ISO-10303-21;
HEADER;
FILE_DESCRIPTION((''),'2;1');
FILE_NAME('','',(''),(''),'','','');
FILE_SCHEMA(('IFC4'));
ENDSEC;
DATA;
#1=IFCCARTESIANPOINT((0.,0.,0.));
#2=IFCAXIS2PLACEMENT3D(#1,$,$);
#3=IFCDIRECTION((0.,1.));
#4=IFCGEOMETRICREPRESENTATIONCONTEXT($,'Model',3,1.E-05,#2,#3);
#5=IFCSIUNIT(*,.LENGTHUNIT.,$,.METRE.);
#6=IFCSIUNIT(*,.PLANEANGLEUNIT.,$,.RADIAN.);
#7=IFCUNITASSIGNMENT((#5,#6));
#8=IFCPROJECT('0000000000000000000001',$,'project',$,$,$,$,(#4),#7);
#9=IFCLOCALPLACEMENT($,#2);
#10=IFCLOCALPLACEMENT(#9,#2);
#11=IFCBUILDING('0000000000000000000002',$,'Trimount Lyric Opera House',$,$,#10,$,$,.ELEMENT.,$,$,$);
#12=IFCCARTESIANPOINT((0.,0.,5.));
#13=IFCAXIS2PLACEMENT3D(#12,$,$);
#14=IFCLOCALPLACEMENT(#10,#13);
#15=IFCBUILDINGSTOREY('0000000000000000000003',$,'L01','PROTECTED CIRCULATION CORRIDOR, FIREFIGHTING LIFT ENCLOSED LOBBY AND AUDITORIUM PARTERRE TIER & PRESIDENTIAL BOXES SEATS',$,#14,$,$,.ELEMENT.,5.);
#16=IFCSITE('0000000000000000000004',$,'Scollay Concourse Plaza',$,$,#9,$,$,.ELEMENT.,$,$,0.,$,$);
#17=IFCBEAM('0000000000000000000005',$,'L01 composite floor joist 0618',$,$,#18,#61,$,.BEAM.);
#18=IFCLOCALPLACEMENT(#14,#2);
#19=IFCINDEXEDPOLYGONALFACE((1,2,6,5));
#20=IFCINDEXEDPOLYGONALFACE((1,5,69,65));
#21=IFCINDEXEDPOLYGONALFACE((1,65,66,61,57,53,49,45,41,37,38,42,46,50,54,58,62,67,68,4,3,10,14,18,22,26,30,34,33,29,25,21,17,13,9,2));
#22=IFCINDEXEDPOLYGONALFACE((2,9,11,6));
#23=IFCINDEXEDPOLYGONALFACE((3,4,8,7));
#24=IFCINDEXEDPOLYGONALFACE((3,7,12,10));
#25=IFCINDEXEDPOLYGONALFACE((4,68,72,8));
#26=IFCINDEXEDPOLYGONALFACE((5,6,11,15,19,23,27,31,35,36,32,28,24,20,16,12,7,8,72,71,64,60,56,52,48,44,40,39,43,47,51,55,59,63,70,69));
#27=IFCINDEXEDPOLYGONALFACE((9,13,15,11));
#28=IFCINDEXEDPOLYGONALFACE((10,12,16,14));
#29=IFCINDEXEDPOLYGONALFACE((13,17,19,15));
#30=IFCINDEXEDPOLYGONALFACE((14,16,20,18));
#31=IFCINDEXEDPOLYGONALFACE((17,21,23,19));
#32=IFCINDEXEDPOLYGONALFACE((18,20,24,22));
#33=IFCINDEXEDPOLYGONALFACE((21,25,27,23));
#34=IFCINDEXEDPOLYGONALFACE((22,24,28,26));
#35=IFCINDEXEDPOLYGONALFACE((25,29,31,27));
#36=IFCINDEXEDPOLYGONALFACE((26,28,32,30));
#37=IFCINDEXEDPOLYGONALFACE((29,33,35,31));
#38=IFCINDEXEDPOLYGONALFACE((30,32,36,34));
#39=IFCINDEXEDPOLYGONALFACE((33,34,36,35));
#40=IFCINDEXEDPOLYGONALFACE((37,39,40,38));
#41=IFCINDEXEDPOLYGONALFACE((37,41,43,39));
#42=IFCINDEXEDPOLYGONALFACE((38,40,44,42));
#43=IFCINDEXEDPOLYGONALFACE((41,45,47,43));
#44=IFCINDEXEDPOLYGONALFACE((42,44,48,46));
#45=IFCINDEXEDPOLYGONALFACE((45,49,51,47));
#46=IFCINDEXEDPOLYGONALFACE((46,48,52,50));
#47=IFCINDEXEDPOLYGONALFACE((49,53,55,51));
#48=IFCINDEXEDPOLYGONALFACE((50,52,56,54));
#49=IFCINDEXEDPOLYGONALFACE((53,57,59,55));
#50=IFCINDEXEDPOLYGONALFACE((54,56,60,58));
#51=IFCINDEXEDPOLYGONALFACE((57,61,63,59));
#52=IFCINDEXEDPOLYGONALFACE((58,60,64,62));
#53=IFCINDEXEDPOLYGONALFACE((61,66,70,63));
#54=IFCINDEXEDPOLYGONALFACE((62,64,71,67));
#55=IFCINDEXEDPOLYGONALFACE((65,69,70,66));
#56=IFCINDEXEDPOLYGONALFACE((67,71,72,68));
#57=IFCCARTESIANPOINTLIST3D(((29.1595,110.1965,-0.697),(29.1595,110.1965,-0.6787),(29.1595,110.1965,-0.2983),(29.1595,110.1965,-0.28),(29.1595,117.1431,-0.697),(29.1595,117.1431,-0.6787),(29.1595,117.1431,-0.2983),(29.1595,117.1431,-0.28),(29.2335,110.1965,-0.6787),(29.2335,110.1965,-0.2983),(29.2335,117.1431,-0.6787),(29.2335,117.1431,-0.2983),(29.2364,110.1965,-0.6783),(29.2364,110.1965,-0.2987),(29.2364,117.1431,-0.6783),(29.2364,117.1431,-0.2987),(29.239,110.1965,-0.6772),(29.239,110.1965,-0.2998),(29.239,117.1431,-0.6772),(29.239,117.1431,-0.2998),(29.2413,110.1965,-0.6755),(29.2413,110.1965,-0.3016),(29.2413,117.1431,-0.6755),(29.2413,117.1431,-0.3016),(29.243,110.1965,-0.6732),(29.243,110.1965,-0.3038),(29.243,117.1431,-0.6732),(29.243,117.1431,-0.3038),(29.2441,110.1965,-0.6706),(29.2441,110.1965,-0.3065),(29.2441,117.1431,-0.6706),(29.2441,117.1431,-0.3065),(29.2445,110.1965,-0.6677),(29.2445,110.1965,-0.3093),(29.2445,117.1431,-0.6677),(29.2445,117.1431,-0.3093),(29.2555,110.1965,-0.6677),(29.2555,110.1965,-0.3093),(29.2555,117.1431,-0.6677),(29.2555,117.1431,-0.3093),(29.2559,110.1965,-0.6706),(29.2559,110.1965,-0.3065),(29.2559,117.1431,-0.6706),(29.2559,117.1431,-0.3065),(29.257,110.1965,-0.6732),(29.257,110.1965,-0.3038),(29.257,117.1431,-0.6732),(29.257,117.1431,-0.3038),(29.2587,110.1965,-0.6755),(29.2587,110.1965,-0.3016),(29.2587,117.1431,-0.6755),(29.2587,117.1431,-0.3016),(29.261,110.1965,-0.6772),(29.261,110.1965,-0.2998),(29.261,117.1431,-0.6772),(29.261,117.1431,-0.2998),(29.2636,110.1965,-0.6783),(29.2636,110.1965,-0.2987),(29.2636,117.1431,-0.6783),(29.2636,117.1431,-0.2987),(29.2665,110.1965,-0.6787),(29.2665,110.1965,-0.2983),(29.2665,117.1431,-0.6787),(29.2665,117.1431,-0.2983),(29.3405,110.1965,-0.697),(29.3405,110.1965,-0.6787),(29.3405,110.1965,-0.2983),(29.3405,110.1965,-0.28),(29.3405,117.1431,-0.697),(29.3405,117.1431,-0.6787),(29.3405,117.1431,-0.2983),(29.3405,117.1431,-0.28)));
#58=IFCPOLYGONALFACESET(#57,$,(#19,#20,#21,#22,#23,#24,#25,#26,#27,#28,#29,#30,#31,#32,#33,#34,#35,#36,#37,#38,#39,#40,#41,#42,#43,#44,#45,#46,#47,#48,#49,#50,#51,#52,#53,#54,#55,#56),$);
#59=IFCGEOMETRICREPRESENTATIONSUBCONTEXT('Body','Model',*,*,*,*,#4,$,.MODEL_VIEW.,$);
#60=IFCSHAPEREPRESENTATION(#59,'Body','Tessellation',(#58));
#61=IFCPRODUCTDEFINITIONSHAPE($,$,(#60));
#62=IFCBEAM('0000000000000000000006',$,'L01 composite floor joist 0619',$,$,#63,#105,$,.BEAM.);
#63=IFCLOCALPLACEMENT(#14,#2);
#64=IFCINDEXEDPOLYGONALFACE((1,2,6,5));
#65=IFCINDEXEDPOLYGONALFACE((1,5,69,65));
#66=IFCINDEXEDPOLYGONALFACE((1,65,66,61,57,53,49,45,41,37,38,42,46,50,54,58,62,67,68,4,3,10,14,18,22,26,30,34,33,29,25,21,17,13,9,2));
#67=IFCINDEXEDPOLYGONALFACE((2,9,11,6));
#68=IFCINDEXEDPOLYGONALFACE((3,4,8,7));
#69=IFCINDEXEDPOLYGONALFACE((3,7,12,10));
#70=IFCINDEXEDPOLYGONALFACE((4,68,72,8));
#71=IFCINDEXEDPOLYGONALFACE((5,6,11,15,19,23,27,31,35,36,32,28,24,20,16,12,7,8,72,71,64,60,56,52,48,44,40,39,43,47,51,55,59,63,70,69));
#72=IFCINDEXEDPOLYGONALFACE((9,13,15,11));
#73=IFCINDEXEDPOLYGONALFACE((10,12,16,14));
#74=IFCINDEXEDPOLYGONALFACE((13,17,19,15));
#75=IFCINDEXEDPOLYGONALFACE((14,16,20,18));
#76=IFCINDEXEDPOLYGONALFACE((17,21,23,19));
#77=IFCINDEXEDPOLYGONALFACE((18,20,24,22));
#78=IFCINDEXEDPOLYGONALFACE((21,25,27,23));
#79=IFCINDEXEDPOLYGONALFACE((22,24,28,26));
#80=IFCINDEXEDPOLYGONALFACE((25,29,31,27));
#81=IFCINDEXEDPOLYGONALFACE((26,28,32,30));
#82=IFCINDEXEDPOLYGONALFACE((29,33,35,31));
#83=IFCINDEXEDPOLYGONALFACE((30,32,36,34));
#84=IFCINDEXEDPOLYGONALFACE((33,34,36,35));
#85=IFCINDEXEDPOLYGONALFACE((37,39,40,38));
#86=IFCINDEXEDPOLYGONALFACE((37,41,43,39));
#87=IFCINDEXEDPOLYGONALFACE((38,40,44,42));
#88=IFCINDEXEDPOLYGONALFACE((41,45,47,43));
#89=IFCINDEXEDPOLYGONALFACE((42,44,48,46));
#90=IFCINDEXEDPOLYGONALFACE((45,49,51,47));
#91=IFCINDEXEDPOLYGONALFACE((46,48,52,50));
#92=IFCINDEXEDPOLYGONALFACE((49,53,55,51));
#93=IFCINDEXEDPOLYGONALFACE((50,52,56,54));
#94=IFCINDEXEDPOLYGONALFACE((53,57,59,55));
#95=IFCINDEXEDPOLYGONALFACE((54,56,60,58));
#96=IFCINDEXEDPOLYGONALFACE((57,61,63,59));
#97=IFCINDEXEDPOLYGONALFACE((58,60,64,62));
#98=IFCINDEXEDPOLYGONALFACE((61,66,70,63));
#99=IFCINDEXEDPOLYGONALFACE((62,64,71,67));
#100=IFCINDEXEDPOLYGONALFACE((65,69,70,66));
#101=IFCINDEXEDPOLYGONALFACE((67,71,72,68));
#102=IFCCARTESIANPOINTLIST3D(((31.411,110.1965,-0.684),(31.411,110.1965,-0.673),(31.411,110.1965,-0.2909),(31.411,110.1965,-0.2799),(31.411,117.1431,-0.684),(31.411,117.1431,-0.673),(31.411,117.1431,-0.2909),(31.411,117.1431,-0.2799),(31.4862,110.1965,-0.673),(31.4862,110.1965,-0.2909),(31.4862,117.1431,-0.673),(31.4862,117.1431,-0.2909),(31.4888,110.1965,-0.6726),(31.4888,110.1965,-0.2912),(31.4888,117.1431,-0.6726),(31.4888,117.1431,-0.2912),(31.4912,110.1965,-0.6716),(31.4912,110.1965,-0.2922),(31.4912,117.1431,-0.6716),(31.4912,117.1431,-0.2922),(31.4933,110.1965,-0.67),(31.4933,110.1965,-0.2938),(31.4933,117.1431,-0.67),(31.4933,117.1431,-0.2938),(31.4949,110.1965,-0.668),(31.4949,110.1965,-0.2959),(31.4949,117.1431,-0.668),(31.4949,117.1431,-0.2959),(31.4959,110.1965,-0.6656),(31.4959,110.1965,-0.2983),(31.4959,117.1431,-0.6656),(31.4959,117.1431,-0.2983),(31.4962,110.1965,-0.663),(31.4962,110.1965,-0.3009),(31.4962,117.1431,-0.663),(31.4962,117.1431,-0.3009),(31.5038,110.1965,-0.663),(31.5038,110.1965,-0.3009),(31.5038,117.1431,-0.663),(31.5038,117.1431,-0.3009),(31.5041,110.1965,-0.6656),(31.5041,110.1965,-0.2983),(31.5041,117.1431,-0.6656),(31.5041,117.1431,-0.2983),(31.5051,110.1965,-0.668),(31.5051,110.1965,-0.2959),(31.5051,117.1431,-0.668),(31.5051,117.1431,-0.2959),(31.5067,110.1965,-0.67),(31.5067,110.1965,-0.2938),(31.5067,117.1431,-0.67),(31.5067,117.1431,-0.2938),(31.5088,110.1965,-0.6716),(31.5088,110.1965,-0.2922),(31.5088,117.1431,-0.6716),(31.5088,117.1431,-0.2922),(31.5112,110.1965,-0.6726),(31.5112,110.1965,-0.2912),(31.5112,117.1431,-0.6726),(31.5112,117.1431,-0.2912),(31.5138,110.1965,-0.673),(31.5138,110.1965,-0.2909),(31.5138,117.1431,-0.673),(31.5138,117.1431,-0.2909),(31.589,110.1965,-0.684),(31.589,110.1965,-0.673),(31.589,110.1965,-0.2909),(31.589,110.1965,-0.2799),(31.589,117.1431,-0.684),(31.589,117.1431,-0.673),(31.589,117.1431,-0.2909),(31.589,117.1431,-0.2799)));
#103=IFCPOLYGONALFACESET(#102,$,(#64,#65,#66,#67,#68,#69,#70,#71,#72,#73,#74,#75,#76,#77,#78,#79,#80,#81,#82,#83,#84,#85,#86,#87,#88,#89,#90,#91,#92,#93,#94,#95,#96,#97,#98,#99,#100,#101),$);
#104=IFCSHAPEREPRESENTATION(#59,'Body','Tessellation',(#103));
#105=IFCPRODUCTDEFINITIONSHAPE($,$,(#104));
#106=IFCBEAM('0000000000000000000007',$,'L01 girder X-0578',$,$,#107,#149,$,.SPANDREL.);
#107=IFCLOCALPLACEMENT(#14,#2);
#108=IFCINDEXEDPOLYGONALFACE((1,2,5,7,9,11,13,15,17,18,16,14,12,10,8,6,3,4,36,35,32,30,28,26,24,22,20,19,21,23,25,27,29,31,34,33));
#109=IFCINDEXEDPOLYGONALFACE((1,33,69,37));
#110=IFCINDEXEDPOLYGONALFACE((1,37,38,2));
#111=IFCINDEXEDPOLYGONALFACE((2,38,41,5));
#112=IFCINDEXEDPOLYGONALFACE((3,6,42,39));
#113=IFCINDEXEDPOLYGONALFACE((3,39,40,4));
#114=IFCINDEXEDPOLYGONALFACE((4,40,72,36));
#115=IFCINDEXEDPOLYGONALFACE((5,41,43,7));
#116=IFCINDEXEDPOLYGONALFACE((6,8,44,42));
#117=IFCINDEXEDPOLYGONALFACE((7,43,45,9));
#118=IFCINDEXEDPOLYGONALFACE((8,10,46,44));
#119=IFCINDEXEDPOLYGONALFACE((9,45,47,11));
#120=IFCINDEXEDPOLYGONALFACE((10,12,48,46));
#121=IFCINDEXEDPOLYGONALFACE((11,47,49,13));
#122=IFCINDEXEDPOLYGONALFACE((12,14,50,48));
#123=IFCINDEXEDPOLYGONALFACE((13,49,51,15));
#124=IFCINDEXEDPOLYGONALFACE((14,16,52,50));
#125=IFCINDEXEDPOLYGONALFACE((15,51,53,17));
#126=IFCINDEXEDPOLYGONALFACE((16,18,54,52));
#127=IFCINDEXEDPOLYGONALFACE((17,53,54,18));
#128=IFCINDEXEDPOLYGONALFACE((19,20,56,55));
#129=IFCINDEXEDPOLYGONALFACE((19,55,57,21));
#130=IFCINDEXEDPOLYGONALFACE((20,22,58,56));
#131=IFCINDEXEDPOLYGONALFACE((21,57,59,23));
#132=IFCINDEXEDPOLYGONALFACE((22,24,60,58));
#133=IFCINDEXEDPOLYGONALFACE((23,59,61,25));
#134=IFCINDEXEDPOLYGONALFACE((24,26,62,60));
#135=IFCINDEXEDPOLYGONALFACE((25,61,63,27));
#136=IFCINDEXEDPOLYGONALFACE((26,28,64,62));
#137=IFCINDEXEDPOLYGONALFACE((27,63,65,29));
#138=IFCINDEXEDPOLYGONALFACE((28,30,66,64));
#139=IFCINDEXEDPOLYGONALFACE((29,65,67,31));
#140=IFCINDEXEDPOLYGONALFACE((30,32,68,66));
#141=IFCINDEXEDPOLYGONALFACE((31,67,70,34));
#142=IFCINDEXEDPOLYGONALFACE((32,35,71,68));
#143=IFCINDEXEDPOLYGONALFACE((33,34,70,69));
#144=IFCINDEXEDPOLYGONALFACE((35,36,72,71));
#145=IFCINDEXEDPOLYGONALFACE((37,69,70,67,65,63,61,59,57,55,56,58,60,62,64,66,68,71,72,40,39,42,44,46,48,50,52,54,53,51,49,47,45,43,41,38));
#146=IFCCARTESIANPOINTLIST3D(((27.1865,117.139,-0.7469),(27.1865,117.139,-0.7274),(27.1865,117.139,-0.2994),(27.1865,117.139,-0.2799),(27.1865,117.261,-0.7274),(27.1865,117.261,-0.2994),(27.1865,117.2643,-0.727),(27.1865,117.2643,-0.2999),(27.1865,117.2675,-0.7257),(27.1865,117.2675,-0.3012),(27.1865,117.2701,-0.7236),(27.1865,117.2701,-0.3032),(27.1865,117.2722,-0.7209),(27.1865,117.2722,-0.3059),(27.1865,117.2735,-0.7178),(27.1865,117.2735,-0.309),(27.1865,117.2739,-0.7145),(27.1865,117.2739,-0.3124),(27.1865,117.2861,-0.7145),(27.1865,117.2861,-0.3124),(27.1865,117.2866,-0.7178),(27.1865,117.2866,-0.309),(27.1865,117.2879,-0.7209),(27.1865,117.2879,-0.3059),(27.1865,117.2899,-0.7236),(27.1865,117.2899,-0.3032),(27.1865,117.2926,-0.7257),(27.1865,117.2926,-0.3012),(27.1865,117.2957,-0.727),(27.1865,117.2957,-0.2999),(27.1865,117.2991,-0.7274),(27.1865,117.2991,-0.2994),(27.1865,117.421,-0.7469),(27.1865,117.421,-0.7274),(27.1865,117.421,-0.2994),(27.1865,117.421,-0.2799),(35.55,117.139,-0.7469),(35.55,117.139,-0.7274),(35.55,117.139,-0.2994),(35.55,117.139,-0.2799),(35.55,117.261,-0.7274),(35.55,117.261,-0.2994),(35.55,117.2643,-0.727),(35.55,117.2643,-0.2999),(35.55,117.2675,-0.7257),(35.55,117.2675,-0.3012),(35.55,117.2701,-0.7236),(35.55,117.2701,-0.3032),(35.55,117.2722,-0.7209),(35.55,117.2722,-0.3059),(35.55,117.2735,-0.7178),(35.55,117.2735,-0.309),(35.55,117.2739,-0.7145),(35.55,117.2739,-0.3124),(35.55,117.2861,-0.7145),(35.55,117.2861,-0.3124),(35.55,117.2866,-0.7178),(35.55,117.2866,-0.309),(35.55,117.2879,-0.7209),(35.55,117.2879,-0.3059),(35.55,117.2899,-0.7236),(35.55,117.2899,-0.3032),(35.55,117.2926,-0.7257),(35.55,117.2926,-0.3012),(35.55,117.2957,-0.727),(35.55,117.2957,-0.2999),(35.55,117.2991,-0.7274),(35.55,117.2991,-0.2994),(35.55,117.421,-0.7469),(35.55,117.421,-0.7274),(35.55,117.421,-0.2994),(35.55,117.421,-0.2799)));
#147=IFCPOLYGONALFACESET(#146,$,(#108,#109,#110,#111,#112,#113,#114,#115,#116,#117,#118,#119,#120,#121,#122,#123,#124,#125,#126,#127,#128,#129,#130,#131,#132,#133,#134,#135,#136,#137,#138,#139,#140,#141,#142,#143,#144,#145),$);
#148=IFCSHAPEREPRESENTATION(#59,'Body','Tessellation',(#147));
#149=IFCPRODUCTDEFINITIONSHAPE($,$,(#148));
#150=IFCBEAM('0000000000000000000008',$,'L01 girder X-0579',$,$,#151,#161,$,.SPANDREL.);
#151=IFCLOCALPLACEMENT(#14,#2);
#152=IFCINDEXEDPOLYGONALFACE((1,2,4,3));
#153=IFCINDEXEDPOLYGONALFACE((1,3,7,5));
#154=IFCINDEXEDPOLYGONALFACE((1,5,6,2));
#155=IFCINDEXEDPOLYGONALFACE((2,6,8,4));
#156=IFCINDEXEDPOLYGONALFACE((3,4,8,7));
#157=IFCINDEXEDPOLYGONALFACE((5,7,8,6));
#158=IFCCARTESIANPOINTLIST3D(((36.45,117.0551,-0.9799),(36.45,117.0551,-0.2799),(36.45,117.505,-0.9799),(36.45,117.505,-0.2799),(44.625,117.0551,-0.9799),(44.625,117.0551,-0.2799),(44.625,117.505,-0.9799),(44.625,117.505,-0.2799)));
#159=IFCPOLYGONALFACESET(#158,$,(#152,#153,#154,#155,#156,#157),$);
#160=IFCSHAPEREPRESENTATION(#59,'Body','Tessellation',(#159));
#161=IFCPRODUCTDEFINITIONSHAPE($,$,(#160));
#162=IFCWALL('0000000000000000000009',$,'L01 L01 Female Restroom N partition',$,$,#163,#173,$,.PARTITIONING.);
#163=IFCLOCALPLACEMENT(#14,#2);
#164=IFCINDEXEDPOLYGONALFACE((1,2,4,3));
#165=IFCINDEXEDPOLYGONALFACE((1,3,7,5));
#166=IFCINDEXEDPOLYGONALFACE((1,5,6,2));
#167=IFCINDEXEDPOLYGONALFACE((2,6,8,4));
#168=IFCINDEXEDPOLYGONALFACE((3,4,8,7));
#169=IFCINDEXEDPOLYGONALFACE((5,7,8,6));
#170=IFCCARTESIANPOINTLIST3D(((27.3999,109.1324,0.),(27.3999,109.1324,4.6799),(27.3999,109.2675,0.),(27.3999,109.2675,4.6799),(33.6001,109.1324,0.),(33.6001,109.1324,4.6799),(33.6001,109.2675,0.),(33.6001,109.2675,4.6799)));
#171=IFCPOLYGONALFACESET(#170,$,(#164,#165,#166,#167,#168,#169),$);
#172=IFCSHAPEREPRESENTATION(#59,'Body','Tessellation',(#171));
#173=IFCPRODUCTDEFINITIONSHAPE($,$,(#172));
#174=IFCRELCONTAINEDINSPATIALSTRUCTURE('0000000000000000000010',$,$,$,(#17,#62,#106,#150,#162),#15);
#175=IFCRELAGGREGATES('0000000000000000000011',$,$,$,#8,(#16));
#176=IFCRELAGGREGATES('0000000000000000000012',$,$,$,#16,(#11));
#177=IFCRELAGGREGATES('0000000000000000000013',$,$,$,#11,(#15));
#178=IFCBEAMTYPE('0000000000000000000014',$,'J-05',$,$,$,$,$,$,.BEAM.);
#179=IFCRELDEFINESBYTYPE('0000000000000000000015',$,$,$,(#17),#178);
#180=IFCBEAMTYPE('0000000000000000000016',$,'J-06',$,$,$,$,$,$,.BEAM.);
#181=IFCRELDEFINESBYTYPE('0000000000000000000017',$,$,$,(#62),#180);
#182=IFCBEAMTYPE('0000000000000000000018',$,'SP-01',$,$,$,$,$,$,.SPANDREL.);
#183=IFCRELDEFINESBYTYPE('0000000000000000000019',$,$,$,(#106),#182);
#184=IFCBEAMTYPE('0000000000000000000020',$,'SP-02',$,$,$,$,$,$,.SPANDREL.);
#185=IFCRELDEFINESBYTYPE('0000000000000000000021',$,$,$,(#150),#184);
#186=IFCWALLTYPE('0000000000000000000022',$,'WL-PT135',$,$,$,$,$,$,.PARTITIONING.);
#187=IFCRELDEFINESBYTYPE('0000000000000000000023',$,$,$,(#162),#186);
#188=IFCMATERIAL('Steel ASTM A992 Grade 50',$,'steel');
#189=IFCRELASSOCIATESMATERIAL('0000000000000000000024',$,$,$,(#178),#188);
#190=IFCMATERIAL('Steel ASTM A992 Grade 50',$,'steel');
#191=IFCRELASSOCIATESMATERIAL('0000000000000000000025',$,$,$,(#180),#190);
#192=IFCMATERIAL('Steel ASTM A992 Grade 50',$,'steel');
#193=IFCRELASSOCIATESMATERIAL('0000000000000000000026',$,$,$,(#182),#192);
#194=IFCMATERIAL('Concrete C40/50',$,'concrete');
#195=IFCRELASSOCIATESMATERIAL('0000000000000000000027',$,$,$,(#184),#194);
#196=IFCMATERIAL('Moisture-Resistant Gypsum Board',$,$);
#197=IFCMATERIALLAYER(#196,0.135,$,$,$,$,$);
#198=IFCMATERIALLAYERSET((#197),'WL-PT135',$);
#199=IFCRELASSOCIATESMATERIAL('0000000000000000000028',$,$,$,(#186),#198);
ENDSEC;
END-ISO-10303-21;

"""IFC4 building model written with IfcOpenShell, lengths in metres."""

from ifc_helpers import new_model, si_unit, direction, frame, frame_2d, origin, origin_2d, place, context, subcontext, project, spatial, rectangle, i_section, extrude, material, layer, layer_set, material_profile, profile_set, type_object, element, save


model = new_model("IFC4")

# Units and contexts
model_context = context("Model", 3, precision=1e-05, world=origin(), true_north=direction((0.0, 1.0)))
body_context = subcontext(model_context, "Body", "Model", "MODEL_VIEW")
ifc_project = project(units=[si_unit("LENGTHUNIT", "METRE"), si_unit("PLANEANGLEUNIT", "RADIAN")], contexts=[model_context])

# Site, building, storey
site_placement = place(None, origin())
site = spatial("IfcSite", under=ifc_project, at=site_placement, Name="Scollay Concourse Plaza", CompositionType="ELEMENT", RefElevation=0.0)
building_placement = place(site_placement, origin())
building = spatial("IfcBuilding", under=site, at=building_placement, Name="Trimount Lyric Opera House", CompositionType="ELEMENT")
storey_placement = place(building_placement, frame((0.0, 0.0, 5.0)))
storey = spatial("IfcBuildingStorey", under=building, at=storey_placement, Name="L01", Description="PROTECTED CIRCULATION CORRIDOR, FIREFIGHTING LIFT ENCLOSED LOBBY AND AUDITORIUM PARTERRE TIER & PRESIDENTIAL BOXES SEATS", CompositionType="ELEMENT", Elevation=5.0)

# Beams
ifc_material_1 = material(Name="Steel ASTM A992 Grade 50", Category="steel")
ifc_material_profile_1 = material_profile(ifc_material_1, i_section(OverallWidth=0.1809, OverallDepth=0.417, WebThickness=0.011, FlangeThickness=0.0183, FilletRadius=0.011, at=origin_2d()), Name="W16X57")
ifc_profile_set_1 = profile_set([ifc_material_profile_1], Name="Steel ASTM A992 Grade 50")
beam_type_1 = type_object("IfcBeamType", Name="J-05", PredefinedType="BEAM", material=ifc_profile_set_1)
beam_1_placement = place(storey_placement, frame((29.25, 110.1965, -0.4885), z_axis=(0.0, 1.0, 0.0), x_axis=(-1.0, 0.0, 0.0)))
element("IfcBeam", 1, at=beam_1_placement, inside=storey, type_object=beam_type_1, Name="L01 composite floor joist 0618", PredefinedType="BEAM", context=body_context, shape_type="SweptSolid", body=[
    extrude(i_section(OverallWidth=0.1809, OverallDepth=0.417, WebThickness=0.011, FlangeThickness=0.0183, FilletRadius=0.011, at=origin_2d()), origin(), (0.0, 0.0, 1.0), 6.9465),
])
ifc_material_2 = material(Name="Steel ASTM A992 Grade 50", Category="steel")
ifc_material_profile_2 = material_profile(ifc_material_2, i_section(OverallWidth=0.178, OverallDepth=0.4041, WebThickness=0.0076, FlangeThickness=0.011, FilletRadius=0.01, at=origin_2d()), Name="W16X36")
ifc_profile_set_2 = profile_set([ifc_material_profile_2], Name="Steel ASTM A992 Grade 50")
beam_type_2 = type_object("IfcBeamType", Name="J-06", PredefinedType="BEAM", material=ifc_profile_set_2)
beam_2_placement = place(storey_placement, frame((31.5, 110.1965, -0.4819), z_axis=(0.0, 1.0, 0.0), x_axis=(-1.0, 0.0, 0.0)))
element("IfcBeam", 2, at=beam_2_placement, inside=storey, type_object=beam_type_2, Name="L01 composite floor joist 0619", PredefinedType="BEAM", context=body_context, shape_type="SweptSolid", body=[
    extrude(i_section(OverallWidth=0.178, OverallDepth=0.4041, WebThickness=0.0076, FlangeThickness=0.011, FilletRadius=0.01, at=origin_2d()), origin(), (0.0, 0.0, 1.0), 6.9465),
])
ifc_material_3 = material(Name="Steel ASTM A992 Grade 50", Category="steel")
ifc_material_profile_3 = material_profile(ifc_material_3, i_section(OverallWidth=0.282, OverallDepth=0.467, WebThickness=0.0122, FlangeThickness=0.0195, FilletRadius=0.0129, at=origin_2d()), Name="W18X86")
ifc_profile_set_3 = profile_set([ifc_material_profile_3], Name="Steel ASTM A992 Grade 50")
beam_type_3 = type_object("IfcBeamType", Name="SP-01", PredefinedType="SPANDREL", material=ifc_profile_set_3)
beam_3_placement = place(storey_placement, frame((27.1865, 117.28, -0.5134), z_axis=(1.0, 0.0, 0.0), x_axis=(0.0, 1.0, 0.0)))
element("IfcBeam", 3, at=beam_3_placement, inside=storey, type_object=beam_type_3, Name="L01 girder X-0578", PredefinedType="SPANDREL", context=body_context, shape_type="SweptSolid", body=[
    extrude(i_section(OverallWidth=0.282, OverallDepth=0.467, WebThickness=0.0122, FlangeThickness=0.0195, FilletRadius=0.0129, at=origin_2d()), origin(), (0.0, 0.0, 1.0), 8.3635),
])
ifc_material_4 = material(Name="Concrete C40/50", Category="concrete")
ifc_material_profile_4 = material_profile(ifc_material_4, rectangle(XDim=0.45, YDim=0.7, at=origin_2d()), Name="RC450X700")
ifc_profile_set_4 = profile_set([ifc_material_profile_4], Name="Concrete C40/50")
beam_type_4 = type_object("IfcBeamType", Name="SP-02", PredefinedType="SPANDREL", material=ifc_profile_set_4)
beam_4_placement = place(storey_placement, frame((36.45, 117.28, -0.6299), z_axis=(1.0, 0.0, 0.0), x_axis=(0.0, 1.0, 0.0)))
element("IfcBeam", 4, at=beam_4_placement, inside=storey, type_object=beam_type_4, Name="L01 girder X-0579", PredefinedType="SPANDREL", context=body_context, shape_type="SweptSolid", body=[
    extrude(rectangle(XDim=0.45, YDim=0.7, at=origin_2d()), origin(), (0.0, 0.0, 1.0), 8.175),
])

# Wall
ifc_material_5 = material(Name="Moisture-Resistant Gypsum Board")
ifc_layer_1 = layer(ifc_material_5, 0.135)
ifc_layer_set_1 = layer_set([ifc_layer_1], Name="WL-PT135")
wall_type_1 = type_object("IfcWallType", Name="WL-PT135", PredefinedType="PARTITIONING", material=ifc_layer_set_1)
wall_1_placement = place(storey_placement, frame((33.6001, 109.2, 0.0), z_axis=(0.0, 0.0, 1.0), x_axis=(-1.0, 0.0, 0.0)))
element("IfcWall", 5, at=wall_1_placement, inside=storey, type_object=wall_type_1, Name="L01 L01 Female Restroom N partition", PredefinedType="PARTITIONING", context=body_context, shape_type="SweptSolid", body=[
    extrude(rectangle(XDim=6.2002, YDim=0.135, at=frame_2d((3.1001, 0.0))), origin(), (0.0, 0.0, 1.0), 4.6799),
])

save(model, "model.ifc")
